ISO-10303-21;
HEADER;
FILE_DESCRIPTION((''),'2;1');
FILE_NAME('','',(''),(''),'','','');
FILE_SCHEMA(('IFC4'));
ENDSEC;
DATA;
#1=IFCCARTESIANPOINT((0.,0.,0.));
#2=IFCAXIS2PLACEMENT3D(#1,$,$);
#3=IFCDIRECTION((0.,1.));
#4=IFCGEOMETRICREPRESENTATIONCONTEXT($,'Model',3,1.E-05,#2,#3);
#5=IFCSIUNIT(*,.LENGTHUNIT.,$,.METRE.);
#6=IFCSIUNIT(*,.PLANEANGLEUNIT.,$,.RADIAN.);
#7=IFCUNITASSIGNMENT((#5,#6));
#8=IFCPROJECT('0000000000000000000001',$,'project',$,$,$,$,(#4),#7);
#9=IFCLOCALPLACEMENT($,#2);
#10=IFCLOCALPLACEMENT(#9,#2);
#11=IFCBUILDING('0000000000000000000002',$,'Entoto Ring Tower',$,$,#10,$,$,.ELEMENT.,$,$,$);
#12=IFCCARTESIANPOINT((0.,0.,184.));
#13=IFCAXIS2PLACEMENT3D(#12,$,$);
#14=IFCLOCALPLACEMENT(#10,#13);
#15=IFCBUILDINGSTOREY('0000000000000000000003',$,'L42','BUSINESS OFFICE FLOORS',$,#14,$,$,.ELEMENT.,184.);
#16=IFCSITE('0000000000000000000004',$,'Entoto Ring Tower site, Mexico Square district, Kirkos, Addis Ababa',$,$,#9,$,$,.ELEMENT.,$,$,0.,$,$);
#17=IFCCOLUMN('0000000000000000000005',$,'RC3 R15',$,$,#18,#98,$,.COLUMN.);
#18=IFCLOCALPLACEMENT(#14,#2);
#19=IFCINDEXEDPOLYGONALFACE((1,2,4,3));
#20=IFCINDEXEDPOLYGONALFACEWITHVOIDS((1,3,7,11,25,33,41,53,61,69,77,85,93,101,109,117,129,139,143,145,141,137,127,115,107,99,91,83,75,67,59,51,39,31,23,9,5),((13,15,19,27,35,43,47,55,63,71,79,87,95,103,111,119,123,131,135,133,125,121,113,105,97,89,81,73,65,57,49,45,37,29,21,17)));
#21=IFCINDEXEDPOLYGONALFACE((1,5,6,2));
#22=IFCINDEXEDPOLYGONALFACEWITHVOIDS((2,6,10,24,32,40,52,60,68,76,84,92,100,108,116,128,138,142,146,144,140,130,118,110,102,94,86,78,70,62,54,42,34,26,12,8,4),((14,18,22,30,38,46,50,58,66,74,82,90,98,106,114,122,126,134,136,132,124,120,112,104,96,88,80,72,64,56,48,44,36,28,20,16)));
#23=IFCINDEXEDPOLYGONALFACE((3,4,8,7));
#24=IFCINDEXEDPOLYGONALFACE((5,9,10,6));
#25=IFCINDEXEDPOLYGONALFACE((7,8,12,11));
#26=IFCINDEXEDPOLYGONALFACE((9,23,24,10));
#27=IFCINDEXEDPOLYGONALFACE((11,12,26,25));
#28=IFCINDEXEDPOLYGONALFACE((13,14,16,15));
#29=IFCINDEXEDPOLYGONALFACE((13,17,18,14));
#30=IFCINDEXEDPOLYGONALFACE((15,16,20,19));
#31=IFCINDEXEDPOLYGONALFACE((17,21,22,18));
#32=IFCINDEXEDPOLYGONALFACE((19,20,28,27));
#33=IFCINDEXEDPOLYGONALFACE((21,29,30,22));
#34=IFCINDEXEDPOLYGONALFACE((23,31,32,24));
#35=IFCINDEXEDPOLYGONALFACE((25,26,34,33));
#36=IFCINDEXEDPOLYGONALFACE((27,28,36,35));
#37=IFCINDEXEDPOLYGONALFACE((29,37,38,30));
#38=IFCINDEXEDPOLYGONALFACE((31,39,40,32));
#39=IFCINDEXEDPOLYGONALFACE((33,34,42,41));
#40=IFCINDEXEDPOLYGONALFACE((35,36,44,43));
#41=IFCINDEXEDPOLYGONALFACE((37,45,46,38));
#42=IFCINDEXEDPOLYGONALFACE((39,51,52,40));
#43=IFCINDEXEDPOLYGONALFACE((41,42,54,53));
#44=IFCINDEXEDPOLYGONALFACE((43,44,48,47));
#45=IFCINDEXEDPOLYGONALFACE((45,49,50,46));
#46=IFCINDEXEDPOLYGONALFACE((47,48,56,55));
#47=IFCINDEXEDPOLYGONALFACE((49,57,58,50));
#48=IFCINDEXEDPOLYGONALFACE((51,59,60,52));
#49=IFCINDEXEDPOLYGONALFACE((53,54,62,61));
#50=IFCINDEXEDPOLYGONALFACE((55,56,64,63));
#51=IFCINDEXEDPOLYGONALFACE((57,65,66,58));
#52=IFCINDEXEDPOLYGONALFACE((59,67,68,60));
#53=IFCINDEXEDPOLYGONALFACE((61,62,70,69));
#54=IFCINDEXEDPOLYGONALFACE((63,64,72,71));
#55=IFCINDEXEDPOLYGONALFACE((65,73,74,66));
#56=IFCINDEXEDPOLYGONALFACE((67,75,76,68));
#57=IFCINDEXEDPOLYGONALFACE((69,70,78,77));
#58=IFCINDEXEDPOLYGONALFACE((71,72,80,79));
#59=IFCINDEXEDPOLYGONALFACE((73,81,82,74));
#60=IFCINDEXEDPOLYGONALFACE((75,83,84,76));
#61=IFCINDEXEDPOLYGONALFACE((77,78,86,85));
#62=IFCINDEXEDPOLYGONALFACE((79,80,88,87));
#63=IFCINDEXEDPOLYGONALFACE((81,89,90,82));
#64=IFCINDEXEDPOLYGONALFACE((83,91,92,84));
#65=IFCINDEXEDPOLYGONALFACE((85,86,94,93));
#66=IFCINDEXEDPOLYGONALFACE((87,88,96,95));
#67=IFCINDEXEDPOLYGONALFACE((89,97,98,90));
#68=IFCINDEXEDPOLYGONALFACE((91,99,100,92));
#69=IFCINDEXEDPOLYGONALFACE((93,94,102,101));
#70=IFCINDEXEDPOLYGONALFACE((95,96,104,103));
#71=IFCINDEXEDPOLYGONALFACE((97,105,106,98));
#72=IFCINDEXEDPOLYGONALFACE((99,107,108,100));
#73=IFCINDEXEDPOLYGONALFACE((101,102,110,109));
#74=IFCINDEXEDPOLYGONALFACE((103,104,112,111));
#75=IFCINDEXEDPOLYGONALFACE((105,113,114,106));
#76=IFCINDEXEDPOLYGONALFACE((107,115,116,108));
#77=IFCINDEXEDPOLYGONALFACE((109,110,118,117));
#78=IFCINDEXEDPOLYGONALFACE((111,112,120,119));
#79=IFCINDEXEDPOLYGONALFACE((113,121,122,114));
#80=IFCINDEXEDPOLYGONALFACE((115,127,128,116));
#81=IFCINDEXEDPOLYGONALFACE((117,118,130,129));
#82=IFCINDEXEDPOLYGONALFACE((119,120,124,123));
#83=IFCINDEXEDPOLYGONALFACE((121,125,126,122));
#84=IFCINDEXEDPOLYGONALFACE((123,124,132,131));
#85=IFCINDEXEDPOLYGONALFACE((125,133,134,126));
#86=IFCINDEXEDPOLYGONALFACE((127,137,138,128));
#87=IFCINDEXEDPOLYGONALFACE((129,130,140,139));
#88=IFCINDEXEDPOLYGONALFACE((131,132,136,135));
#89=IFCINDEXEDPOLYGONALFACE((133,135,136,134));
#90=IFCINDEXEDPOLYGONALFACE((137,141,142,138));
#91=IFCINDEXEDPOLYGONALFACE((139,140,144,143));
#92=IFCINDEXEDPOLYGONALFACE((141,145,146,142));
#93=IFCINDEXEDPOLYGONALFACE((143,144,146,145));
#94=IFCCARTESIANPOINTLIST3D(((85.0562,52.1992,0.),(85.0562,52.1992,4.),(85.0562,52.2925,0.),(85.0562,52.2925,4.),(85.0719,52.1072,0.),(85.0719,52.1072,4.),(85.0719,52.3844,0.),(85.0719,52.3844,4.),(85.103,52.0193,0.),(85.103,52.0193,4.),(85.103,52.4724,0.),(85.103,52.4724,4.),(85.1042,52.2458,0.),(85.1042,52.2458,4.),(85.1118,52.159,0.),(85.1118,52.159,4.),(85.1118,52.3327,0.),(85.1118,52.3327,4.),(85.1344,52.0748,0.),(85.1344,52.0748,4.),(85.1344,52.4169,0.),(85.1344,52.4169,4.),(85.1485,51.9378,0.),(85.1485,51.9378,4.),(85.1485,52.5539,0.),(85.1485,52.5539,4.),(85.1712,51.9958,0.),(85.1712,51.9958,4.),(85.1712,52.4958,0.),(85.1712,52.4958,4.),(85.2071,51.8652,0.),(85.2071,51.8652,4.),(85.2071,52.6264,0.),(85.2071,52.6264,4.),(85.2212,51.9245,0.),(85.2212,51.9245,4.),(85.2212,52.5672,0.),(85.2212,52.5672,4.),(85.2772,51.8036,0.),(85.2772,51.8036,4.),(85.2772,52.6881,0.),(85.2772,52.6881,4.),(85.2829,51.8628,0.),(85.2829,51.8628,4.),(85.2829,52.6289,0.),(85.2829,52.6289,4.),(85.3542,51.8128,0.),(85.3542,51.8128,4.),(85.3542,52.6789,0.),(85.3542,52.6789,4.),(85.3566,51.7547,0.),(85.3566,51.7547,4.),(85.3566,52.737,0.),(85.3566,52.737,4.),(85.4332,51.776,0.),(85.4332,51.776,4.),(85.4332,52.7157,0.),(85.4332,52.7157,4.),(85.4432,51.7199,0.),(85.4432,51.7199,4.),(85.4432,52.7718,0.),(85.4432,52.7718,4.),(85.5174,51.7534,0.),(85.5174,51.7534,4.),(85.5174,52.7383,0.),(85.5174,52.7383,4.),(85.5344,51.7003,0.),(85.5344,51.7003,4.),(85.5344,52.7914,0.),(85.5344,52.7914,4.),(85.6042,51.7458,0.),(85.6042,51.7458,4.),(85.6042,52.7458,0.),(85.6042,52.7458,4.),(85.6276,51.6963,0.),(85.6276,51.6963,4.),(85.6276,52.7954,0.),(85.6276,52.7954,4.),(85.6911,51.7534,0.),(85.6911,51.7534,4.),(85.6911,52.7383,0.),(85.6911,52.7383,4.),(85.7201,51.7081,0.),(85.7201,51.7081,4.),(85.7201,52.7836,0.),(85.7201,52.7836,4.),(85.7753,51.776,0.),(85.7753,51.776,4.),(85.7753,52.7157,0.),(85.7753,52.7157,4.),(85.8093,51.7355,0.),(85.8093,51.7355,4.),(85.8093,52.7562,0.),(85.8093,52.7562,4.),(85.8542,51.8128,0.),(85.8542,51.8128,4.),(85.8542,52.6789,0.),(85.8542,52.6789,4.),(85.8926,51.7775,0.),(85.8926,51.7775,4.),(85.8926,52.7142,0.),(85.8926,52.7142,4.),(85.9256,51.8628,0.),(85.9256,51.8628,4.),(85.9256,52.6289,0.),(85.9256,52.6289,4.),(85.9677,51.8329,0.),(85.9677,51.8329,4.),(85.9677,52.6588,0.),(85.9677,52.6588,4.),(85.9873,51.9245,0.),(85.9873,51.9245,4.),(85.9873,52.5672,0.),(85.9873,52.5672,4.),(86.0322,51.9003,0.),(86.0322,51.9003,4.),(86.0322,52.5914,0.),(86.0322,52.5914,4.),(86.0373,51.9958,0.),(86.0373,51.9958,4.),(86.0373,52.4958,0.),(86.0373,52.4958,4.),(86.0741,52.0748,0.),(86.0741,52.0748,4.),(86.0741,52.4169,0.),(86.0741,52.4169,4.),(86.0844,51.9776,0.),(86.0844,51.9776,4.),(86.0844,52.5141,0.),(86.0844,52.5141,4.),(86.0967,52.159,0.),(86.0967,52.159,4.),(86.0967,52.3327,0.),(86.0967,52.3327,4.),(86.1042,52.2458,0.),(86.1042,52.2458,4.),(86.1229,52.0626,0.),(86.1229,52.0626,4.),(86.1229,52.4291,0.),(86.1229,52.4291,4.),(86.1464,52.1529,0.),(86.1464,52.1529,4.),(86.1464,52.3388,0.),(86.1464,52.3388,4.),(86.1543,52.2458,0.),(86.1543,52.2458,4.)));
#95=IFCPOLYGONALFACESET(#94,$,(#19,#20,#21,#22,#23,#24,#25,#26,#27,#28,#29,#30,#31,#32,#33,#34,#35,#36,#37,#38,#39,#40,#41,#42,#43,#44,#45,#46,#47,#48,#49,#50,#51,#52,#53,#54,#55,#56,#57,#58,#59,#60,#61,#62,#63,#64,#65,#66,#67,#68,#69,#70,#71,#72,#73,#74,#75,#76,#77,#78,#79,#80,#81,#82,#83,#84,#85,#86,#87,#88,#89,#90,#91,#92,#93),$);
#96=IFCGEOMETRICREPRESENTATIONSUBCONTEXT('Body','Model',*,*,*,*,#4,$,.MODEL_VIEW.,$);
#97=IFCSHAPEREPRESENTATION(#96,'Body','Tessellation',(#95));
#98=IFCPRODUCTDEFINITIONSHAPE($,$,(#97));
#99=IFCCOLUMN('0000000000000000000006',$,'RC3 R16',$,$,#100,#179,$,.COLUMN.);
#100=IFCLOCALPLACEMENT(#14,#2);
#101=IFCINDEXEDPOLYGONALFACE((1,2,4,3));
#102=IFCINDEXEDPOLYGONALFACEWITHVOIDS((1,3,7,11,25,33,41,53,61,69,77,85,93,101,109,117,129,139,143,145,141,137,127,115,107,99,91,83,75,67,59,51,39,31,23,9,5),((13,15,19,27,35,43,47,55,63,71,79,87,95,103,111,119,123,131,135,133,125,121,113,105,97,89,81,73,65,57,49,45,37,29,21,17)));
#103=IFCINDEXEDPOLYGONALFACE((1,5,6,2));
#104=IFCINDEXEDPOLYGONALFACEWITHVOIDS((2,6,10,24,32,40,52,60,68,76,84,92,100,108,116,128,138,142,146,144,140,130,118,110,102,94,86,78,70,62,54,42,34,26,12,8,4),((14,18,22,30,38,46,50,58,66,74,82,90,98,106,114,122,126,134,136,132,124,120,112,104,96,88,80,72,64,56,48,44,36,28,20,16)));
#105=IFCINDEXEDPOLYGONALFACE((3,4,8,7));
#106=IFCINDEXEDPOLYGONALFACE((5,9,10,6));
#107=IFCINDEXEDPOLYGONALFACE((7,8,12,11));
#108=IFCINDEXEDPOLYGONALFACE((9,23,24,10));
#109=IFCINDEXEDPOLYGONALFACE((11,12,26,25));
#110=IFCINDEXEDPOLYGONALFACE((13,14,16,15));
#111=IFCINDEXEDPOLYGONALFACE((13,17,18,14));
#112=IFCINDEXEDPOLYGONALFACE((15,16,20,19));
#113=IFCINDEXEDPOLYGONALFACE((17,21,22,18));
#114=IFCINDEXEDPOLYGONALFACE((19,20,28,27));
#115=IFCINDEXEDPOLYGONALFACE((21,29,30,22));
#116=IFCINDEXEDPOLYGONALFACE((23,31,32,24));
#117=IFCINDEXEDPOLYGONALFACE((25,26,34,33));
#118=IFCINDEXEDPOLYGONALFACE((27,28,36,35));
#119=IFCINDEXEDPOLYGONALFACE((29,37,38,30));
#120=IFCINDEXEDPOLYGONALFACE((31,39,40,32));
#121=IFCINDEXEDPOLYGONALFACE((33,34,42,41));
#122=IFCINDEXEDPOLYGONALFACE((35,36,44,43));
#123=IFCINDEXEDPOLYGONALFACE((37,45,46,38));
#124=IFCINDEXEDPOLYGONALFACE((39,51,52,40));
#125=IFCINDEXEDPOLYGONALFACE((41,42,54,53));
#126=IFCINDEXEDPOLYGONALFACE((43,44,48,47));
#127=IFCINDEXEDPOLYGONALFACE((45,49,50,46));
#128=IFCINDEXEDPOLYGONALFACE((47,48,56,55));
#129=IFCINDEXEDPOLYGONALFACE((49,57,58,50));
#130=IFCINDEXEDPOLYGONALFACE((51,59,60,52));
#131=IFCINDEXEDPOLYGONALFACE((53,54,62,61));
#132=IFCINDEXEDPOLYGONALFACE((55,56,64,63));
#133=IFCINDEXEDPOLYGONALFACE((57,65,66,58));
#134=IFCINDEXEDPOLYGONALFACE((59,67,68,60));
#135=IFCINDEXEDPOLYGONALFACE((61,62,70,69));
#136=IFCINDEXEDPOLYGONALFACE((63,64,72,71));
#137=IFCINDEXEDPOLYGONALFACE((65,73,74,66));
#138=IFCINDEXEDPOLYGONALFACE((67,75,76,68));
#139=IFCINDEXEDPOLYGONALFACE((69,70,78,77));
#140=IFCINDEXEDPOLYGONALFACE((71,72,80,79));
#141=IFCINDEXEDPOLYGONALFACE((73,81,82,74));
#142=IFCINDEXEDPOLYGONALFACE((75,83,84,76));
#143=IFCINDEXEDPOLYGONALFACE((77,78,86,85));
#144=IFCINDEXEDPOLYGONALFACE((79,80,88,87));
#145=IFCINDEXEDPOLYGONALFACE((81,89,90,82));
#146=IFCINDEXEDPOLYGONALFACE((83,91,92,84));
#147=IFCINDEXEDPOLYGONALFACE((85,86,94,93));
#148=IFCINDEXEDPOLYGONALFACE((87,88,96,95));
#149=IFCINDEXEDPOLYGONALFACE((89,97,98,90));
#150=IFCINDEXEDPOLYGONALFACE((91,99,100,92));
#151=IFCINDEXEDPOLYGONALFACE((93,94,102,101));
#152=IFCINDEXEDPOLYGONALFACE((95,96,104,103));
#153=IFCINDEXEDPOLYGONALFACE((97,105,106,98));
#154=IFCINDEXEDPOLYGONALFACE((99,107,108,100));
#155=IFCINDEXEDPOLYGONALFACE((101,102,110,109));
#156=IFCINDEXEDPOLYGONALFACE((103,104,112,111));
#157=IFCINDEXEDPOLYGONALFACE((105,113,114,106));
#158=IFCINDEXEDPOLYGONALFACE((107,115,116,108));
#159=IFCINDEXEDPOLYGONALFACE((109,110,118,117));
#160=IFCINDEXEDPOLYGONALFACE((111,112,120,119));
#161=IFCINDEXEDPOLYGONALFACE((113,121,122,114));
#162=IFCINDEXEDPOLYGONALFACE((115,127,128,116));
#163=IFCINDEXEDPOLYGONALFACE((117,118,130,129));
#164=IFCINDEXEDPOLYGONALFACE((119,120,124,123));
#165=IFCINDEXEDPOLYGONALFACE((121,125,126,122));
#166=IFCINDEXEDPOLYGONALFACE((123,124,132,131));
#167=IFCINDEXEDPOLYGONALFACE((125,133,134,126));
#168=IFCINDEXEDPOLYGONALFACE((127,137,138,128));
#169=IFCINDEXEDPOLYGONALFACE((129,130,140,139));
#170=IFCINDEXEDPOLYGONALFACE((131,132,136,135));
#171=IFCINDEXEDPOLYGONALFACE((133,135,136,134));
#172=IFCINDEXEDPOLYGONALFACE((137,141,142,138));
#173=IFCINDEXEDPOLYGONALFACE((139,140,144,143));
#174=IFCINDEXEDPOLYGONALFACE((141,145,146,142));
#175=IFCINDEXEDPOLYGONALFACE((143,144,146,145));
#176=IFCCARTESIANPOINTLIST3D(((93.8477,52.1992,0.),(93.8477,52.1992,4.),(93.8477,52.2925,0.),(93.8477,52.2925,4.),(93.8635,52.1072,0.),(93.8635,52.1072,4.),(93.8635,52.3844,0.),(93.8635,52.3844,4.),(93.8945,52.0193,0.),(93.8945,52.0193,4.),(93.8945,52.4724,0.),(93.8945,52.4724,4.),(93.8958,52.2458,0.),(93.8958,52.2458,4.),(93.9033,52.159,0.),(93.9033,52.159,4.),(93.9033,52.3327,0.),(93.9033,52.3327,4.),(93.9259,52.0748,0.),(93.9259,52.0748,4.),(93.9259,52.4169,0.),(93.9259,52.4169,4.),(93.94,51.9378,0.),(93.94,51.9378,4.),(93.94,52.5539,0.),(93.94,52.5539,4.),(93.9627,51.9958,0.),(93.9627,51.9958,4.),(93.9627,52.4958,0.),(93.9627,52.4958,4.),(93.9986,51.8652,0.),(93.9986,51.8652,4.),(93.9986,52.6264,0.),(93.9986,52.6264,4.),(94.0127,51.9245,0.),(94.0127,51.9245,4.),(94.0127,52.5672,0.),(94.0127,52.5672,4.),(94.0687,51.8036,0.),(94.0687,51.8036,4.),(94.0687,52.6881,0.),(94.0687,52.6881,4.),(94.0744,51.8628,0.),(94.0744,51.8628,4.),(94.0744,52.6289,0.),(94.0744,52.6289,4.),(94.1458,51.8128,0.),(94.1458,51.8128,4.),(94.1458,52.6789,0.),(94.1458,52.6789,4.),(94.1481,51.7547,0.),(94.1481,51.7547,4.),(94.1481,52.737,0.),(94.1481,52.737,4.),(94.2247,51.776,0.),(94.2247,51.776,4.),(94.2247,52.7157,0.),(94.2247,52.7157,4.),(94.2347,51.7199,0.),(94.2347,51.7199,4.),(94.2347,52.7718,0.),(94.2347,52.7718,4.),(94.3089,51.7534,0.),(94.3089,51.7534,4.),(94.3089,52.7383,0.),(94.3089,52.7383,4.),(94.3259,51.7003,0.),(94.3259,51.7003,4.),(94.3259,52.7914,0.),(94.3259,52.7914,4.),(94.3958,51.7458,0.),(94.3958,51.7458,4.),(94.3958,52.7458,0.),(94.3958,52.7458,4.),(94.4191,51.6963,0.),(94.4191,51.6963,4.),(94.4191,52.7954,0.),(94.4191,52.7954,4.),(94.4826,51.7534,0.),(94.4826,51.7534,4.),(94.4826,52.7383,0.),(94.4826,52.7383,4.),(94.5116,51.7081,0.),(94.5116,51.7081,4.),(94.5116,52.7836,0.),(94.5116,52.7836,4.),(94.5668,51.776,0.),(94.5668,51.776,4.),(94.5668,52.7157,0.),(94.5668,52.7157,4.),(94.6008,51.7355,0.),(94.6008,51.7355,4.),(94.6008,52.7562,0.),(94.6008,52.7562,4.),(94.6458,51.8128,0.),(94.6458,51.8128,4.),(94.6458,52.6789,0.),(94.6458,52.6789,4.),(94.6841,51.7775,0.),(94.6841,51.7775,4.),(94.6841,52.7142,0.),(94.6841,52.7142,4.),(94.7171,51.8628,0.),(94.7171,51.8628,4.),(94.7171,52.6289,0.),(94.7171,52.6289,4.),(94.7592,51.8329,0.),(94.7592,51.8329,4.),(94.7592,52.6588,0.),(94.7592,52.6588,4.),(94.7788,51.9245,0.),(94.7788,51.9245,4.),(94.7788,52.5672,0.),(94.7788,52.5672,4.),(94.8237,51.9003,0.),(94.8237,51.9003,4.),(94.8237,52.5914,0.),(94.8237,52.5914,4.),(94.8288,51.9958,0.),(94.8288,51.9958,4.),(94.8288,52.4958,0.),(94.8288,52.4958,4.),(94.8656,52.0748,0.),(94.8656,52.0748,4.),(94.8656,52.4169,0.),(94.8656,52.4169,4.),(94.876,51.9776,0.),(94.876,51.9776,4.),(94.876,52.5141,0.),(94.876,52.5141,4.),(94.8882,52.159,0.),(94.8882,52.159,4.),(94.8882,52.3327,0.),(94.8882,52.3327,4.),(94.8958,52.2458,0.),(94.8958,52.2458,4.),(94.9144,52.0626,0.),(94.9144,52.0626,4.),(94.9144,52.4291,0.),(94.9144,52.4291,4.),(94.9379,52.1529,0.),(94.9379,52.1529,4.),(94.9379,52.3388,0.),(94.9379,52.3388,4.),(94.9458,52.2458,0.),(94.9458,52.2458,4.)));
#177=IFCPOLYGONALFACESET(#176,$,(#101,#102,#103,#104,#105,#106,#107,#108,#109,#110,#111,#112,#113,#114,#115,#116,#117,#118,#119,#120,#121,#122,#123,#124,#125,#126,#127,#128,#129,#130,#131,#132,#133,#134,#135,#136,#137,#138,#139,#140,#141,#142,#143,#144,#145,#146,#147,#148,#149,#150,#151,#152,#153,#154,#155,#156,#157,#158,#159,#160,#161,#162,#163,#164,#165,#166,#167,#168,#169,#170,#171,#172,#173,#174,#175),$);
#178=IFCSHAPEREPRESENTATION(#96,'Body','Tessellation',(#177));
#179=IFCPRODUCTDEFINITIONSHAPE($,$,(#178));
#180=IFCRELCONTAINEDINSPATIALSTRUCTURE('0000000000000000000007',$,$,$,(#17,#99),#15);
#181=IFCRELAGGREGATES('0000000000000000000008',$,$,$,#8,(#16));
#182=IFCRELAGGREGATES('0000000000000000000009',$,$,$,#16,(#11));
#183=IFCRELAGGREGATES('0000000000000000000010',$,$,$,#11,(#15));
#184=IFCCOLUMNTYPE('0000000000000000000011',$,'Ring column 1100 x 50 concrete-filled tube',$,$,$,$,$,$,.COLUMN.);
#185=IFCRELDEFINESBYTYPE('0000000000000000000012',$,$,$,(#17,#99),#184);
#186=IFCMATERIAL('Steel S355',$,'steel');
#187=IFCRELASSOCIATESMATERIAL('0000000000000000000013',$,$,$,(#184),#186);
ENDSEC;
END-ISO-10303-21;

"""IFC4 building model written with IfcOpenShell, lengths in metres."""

from ifc_helpers import new_model, si_unit, direction, frame, origin, origin_2d, place, context, subcontext, project, spatial, circle, hollow_circle, extrude, material, material_profile, profile_set, type_object, element, save


model = new_model("IFC4")

# Units and contexts
model_context = context("Model", 3, precision=1e-05, world=origin(), true_north=direction((0.0, 1.0)))
body_context = subcontext(model_context, "Body", "Model", "MODEL_VIEW")
ifc_project = project(units=[si_unit("LENGTHUNIT", "METRE"), si_unit("PLANEANGLEUNIT", "RADIAN")], contexts=[model_context])

# Site, building, storey
site_placement = place(None, origin())
site = spatial("IfcSite", under=ifc_project, at=site_placement, Name="Entoto Ring Tower site, Mexico Square district, Kirkos, Addis Ababa", CompositionType="ELEMENT", RefElevation=0.0)
building_placement = place(site_placement, origin())
building = spatial("IfcBuilding", under=site, at=building_placement, Name="Entoto Ring Tower", CompositionType="ELEMENT")
storey_placement = place(building_placement, frame((0.0, 0.0, 184.0)))
storey = spatial("IfcBuildingStorey", under=building, at=storey_placement, Name="L42", Description="BUSINESS OFFICE FLOORS", CompositionType="ELEMENT", Elevation=184.0)

# Columns
ifc_material_1 = material(Name="Steel S355", Category="steel")
ifc_material_profile_1 = material_profile(ifc_material_1, hollow_circle(Radius=0.55, WallThickness=0.05, at=origin_2d()), Name="CHS 1100 x 50")
ifc_material_2 = material(Name="Concrete C60/75", Category="concrete")
ifc_material_profile_2 = material_profile(ifc_material_2, circle(Radius=0.5, at=origin_2d()), Name="Concrete C60/75 infill")
ifc_profile_set_1 = profile_set([ifc_material_profile_1, ifc_material_profile_2], Name="Steel S355")
column_type = type_object("IfcColumnType", Name="Ring column 1100 x 50 concrete-filled tube", PredefinedType="COLUMN", material=ifc_profile_set_1)
for number, where, z_axis, x_axis, name in (
    (1, (85.6042, 52.2458, 0.0), (0.0, 0.0, 1.0), (1.0, 0.0, 0.0), "RC3 R15"),
    (2, (94.3958, 52.2458, 0.0), (0.0, 0.0, 1.0), (1.0, 0.0, 0.0), "RC3 R16"),
):
    element("IfcColumn", number, at=place(storey_placement, frame(where, z_axis=z_axis, x_axis=x_axis)), inside=storey, type_object=column_type, Name=name, PredefinedType="COLUMN", context=body_context, shape_type="SweptSolid", body=[
        extrude(hollow_circle(Radius=0.55, WallThickness=0.05, at=origin_2d()), origin(), (0.0, 0.0, 1.0), 4.0),
    ])

save(model, "model.ifc")
